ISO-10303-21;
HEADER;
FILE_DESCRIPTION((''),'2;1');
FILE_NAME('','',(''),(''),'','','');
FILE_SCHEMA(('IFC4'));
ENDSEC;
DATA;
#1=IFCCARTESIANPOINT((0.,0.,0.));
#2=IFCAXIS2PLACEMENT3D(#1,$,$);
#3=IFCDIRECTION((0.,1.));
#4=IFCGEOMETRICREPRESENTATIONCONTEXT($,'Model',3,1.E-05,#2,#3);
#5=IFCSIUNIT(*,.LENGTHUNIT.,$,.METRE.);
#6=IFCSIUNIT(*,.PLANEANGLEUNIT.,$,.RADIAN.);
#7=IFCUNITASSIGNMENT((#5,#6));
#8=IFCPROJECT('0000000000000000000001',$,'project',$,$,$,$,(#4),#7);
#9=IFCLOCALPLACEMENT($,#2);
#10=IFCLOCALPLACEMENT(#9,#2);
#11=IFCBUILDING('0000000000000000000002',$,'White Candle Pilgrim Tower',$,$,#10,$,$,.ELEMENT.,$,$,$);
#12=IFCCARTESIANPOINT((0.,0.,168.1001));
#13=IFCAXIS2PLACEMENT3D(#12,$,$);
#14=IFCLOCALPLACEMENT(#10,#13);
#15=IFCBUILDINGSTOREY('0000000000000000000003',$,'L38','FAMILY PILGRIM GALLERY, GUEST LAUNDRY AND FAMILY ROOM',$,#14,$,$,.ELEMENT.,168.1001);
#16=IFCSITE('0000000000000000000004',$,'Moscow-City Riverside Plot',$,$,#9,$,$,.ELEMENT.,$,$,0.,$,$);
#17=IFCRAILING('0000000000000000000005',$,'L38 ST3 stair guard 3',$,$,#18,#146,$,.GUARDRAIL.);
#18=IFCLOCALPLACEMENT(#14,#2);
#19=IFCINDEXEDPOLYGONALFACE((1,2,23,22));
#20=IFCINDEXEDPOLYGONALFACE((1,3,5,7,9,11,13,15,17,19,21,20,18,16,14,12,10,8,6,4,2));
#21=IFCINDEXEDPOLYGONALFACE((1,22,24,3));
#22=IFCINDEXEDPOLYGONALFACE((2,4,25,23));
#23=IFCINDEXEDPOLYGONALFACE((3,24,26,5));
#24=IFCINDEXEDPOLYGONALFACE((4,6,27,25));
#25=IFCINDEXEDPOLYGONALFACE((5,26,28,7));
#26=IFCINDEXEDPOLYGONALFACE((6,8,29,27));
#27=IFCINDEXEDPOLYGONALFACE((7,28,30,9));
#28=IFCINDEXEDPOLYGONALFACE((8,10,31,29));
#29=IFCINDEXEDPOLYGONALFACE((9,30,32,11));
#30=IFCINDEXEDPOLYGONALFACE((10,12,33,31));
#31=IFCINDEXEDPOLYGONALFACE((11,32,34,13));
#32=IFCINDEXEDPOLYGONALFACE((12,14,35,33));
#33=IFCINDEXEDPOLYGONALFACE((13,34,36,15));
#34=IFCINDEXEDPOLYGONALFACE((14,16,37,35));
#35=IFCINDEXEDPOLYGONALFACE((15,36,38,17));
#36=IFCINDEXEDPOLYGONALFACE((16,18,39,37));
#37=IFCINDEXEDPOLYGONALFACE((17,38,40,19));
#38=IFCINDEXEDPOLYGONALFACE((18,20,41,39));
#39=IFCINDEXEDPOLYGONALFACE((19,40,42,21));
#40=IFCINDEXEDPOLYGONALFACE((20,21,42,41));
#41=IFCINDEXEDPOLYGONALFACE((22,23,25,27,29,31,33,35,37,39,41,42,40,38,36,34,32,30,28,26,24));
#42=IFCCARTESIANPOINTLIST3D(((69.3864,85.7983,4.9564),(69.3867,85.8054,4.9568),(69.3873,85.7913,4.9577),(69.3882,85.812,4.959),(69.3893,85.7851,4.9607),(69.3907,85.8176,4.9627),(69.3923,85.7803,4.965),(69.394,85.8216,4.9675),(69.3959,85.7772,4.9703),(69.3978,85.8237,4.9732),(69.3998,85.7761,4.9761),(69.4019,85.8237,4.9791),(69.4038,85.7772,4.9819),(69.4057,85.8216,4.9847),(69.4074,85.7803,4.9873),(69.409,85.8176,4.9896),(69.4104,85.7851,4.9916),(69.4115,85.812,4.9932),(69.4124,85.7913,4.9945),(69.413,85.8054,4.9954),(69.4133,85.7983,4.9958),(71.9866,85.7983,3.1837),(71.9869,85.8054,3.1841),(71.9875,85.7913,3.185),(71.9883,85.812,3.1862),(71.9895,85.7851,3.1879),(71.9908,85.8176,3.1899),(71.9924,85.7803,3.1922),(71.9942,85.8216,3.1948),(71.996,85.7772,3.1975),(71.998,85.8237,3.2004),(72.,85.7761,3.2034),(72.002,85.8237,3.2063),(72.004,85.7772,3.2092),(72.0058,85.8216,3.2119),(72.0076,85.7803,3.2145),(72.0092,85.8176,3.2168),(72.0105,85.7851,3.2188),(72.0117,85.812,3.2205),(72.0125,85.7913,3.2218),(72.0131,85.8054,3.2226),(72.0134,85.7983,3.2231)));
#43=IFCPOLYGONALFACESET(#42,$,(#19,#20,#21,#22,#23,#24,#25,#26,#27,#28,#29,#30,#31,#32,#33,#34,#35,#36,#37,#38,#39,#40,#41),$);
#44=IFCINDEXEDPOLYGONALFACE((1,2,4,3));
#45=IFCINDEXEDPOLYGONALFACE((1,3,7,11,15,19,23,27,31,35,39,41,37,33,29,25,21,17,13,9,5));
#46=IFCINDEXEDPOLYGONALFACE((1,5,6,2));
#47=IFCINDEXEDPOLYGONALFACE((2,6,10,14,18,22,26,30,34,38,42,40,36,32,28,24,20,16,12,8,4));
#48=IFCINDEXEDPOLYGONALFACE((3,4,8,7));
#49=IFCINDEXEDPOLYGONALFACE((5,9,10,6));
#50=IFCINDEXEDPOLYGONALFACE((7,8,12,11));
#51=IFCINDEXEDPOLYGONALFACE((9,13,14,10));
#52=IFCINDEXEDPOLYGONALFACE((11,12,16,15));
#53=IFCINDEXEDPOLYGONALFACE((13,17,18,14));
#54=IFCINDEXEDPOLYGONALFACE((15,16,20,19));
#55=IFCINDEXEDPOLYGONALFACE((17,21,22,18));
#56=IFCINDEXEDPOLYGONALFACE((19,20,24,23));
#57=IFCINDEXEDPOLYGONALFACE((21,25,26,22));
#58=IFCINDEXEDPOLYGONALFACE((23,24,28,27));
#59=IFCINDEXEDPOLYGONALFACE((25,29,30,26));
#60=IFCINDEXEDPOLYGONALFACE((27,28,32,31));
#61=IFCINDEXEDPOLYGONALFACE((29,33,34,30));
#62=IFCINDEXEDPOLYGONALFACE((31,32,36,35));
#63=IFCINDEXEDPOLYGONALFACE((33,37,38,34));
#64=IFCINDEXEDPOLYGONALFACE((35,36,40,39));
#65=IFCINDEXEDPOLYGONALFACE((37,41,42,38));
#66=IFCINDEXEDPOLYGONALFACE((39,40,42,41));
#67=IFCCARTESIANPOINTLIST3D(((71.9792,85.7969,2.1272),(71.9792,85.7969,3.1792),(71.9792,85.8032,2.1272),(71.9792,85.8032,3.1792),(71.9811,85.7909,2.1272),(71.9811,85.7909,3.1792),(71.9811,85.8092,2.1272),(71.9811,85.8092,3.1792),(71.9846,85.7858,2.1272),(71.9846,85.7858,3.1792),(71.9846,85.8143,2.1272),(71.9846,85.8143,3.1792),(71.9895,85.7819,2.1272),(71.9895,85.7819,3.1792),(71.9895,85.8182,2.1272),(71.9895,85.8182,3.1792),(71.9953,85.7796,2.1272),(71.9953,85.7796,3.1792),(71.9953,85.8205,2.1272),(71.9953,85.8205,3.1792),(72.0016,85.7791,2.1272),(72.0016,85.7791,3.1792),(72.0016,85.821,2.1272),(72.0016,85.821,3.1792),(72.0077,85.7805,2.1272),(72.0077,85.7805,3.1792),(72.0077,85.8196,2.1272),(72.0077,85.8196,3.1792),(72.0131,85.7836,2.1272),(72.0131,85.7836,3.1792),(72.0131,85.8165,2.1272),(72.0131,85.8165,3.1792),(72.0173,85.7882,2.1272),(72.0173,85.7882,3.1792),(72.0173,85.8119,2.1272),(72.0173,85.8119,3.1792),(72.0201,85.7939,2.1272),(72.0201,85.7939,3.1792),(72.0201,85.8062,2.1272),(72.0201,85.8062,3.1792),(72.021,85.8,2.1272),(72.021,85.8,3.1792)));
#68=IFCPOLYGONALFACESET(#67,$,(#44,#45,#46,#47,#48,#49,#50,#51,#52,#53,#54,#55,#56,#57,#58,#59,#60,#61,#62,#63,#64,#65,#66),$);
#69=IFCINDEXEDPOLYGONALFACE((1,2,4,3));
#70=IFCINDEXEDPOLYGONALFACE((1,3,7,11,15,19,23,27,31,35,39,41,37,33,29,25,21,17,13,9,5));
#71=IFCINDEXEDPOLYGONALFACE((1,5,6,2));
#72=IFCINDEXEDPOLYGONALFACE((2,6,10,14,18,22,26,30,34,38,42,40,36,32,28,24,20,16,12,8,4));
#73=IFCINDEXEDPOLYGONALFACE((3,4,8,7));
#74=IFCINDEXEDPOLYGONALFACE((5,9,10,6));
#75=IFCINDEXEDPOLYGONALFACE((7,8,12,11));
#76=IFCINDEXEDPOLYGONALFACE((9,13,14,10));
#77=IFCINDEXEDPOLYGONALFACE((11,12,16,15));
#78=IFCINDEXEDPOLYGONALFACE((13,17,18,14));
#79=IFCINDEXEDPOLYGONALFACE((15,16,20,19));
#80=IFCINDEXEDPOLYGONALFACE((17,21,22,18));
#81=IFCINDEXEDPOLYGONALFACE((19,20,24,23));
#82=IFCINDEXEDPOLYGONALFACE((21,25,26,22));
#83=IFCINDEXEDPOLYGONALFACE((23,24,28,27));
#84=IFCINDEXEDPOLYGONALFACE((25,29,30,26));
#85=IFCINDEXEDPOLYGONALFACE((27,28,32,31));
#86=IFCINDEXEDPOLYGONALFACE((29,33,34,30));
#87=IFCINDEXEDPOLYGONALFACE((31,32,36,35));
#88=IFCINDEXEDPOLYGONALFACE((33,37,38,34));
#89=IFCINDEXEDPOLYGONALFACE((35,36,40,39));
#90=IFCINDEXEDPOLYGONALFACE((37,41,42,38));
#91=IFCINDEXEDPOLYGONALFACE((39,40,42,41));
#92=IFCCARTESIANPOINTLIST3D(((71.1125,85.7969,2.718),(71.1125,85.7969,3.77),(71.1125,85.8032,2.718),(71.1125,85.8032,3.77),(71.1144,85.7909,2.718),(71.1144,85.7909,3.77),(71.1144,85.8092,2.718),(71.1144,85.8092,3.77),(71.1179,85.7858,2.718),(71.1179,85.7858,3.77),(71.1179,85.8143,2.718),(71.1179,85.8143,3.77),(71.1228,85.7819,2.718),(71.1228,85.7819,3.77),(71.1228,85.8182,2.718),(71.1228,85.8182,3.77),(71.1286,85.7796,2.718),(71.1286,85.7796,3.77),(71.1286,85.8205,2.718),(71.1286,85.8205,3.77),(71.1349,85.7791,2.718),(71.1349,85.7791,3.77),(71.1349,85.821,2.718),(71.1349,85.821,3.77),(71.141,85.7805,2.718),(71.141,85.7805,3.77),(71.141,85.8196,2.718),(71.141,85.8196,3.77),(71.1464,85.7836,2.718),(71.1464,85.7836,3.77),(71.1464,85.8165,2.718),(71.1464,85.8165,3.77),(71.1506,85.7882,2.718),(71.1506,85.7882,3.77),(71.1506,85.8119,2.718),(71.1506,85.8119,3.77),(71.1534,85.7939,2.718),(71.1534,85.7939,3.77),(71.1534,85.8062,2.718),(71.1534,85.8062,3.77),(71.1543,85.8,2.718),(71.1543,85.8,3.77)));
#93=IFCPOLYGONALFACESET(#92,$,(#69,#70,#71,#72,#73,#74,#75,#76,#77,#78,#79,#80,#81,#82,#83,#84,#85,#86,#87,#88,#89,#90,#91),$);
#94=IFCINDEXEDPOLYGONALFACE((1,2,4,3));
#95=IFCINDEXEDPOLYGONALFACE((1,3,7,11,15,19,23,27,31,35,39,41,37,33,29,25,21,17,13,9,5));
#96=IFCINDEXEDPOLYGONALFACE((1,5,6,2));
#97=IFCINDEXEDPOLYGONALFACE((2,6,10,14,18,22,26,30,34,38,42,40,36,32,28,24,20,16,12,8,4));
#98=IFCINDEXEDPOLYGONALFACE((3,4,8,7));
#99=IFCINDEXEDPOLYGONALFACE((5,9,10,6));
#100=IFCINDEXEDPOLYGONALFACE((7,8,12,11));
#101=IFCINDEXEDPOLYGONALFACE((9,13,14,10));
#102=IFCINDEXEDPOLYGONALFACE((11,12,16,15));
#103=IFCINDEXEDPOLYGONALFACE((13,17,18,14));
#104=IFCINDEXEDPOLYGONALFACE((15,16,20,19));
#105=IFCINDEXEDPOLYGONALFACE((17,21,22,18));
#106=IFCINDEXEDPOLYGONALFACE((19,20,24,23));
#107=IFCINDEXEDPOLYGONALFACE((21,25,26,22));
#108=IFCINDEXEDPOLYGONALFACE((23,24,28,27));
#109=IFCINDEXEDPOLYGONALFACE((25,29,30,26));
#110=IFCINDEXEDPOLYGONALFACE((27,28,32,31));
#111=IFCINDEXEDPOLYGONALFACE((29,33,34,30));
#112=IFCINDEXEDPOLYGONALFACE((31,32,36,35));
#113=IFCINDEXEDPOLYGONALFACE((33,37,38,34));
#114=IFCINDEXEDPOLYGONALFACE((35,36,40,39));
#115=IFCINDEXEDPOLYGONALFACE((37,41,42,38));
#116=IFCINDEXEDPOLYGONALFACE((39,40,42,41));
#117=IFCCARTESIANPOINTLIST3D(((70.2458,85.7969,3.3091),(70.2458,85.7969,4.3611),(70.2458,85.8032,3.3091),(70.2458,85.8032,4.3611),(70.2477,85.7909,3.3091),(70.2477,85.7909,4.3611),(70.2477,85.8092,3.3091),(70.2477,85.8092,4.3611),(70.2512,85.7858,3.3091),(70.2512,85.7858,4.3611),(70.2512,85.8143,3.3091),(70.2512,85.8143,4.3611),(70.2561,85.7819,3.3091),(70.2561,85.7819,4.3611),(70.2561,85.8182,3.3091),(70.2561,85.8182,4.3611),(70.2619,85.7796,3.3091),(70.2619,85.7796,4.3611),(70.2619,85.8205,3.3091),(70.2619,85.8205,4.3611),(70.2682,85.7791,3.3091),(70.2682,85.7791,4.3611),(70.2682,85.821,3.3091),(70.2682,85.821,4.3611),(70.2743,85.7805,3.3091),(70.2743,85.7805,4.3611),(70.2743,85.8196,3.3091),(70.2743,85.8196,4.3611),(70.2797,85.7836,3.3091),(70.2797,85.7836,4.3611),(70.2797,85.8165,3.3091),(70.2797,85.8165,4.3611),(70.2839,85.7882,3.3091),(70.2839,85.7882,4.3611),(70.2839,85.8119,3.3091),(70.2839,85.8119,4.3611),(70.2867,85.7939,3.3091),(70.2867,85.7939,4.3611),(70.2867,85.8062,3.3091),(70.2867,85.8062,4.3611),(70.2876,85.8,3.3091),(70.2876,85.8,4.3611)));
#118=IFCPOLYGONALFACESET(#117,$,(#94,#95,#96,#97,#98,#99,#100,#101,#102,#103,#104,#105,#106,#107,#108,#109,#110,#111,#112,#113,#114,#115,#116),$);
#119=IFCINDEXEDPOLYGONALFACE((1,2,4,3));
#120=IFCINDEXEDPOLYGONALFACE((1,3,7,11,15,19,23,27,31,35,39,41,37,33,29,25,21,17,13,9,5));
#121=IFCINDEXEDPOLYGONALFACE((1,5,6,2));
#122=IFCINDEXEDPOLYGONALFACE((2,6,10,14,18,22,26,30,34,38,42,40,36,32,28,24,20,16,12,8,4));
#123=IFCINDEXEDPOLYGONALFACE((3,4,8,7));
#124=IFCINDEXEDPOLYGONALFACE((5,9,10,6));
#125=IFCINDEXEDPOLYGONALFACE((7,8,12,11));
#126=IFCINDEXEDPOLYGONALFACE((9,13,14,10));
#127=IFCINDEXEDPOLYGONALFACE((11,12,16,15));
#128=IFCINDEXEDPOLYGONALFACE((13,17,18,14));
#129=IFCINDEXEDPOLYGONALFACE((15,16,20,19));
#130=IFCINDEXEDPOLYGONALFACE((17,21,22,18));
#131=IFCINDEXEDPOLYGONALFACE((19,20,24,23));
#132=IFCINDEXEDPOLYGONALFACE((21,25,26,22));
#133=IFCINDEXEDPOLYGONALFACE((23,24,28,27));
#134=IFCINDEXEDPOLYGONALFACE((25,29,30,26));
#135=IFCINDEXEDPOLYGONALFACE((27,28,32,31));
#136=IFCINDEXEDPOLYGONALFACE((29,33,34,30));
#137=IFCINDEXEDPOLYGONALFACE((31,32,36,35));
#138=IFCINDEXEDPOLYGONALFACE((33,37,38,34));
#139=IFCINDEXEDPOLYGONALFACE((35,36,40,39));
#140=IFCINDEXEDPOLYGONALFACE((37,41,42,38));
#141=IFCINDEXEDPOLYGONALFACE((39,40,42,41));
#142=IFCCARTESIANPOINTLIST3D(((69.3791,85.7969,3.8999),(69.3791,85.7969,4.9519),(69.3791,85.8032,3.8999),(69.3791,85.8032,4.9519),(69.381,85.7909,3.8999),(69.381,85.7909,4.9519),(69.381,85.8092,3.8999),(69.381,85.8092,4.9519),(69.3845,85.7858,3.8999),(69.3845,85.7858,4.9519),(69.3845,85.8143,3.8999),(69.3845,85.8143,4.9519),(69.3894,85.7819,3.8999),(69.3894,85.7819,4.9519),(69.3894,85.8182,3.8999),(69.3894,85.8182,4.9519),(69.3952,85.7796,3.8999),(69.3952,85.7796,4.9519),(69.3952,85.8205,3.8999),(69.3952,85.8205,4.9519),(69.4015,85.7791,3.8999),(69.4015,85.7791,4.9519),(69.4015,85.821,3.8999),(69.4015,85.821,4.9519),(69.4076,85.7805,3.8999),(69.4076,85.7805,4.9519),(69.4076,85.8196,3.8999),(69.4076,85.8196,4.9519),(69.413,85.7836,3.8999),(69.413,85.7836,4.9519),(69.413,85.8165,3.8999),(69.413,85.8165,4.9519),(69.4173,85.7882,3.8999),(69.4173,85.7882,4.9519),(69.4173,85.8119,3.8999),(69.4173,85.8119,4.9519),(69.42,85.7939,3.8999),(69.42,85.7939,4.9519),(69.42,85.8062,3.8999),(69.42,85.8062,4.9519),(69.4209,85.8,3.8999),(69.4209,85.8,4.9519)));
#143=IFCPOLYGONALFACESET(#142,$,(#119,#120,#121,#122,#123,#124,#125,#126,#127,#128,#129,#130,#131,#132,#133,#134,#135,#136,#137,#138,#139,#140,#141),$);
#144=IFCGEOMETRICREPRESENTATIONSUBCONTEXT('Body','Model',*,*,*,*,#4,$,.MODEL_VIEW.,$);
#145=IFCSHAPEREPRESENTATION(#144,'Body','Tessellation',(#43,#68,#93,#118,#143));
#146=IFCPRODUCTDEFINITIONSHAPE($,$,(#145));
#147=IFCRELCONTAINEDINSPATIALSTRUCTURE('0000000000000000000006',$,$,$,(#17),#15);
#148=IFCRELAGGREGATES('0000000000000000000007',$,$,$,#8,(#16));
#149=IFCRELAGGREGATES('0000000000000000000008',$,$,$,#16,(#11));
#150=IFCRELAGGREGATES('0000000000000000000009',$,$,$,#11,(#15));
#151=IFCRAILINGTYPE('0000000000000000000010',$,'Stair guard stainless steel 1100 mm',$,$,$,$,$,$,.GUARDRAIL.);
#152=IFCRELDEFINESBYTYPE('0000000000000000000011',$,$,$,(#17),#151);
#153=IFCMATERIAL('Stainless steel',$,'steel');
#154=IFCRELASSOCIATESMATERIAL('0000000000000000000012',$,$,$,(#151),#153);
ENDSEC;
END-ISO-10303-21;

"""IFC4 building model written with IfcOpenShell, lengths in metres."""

from ifc_helpers import new_model, si_unit, direction, frame, origin, origin_2d, place, context, subcontext, project, spatial, circle, extrude, material, type_object, element, save


model = new_model("IFC4")

# Units and contexts
model_context = context("Model", 3, precision=1e-05, world=origin(), true_north=direction((0.0, 1.0)))
body_context = subcontext(model_context, "Body", "Model", "MODEL_VIEW")
ifc_project = project(units=[si_unit("LENGTHUNIT", "METRE"), si_unit("PLANEANGLEUNIT", "RADIAN")], contexts=[model_context])

# Site, building, storey
site_placement = place(None, origin())
site = spatial("IfcSite", under=ifc_project, at=site_placement, Name="Moscow-City Riverside Plot", CompositionType="ELEMENT", RefElevation=0.0)
building_placement = place(site_placement, origin())
building = spatial("IfcBuilding", under=site, at=building_placement, Name="White Candle Pilgrim Tower", CompositionType="ELEMENT")
storey_placement = place(building_placement, frame((0.0, 0.0, 168.1001)))
storey = spatial("IfcBuildingStorey", under=building, at=storey_placement, Name="L38", Description="FAMILY PILGRIM GALLERY, GUEST LAUNDRY AND FAMILY ROOM", CompositionType="ELEMENT", Elevation=168.1001)

# Shared definitions
ifc_material_1 = material(Name="Stainless steel", Category="steel")

# Railing
railing_type_1 = type_object("IfcRailingType", Name="Stair guard stainless steel 1100 mm", PredefinedType="GUARDRAIL", material=ifc_material_1)
railing_1_placement = place(storey_placement, frame((72.0, 85.8, 2.1272)))
element("IfcRailing", 1, at=railing_1_placement, inside=storey, type_object=railing_type_1, Name="L38 ST3 stair guard 3", PredefinedType="GUARDRAIL", context=body_context, shape_type="SweptSolid", body=[
    extrude(circle(Radius=0.0239, at=origin_2d()), frame((0.0, 0.0, 1.0762), z_axis=(-0.82624, 0.0, 0.563318), x_axis=(0.0, -1.0, 0.0)), (0.0, 0.0, 1.0), 3.147),
    extrude(circle(Radius=0.021, at=origin_2d()), origin(), (0.0, 0.0, 1.0), 1.052),
    extrude(circle(Radius=0.021, at=origin_2d()), frame((-0.8667, 0.0, 0.5908)), (0.0, 0.0, 1.0), 1.052),
    extrude(circle(Radius=0.021, at=origin_2d()), frame((-1.7334, 0.0, 1.1819)), (0.0, 0.0, 1.0), 1.052),
    extrude(circle(Radius=0.021, at=origin_2d()), frame((-2.6001, 0.0, 1.7727)), (0.0, 0.0, 1.0), 1.052),
])

save(model, "model.ifc")
